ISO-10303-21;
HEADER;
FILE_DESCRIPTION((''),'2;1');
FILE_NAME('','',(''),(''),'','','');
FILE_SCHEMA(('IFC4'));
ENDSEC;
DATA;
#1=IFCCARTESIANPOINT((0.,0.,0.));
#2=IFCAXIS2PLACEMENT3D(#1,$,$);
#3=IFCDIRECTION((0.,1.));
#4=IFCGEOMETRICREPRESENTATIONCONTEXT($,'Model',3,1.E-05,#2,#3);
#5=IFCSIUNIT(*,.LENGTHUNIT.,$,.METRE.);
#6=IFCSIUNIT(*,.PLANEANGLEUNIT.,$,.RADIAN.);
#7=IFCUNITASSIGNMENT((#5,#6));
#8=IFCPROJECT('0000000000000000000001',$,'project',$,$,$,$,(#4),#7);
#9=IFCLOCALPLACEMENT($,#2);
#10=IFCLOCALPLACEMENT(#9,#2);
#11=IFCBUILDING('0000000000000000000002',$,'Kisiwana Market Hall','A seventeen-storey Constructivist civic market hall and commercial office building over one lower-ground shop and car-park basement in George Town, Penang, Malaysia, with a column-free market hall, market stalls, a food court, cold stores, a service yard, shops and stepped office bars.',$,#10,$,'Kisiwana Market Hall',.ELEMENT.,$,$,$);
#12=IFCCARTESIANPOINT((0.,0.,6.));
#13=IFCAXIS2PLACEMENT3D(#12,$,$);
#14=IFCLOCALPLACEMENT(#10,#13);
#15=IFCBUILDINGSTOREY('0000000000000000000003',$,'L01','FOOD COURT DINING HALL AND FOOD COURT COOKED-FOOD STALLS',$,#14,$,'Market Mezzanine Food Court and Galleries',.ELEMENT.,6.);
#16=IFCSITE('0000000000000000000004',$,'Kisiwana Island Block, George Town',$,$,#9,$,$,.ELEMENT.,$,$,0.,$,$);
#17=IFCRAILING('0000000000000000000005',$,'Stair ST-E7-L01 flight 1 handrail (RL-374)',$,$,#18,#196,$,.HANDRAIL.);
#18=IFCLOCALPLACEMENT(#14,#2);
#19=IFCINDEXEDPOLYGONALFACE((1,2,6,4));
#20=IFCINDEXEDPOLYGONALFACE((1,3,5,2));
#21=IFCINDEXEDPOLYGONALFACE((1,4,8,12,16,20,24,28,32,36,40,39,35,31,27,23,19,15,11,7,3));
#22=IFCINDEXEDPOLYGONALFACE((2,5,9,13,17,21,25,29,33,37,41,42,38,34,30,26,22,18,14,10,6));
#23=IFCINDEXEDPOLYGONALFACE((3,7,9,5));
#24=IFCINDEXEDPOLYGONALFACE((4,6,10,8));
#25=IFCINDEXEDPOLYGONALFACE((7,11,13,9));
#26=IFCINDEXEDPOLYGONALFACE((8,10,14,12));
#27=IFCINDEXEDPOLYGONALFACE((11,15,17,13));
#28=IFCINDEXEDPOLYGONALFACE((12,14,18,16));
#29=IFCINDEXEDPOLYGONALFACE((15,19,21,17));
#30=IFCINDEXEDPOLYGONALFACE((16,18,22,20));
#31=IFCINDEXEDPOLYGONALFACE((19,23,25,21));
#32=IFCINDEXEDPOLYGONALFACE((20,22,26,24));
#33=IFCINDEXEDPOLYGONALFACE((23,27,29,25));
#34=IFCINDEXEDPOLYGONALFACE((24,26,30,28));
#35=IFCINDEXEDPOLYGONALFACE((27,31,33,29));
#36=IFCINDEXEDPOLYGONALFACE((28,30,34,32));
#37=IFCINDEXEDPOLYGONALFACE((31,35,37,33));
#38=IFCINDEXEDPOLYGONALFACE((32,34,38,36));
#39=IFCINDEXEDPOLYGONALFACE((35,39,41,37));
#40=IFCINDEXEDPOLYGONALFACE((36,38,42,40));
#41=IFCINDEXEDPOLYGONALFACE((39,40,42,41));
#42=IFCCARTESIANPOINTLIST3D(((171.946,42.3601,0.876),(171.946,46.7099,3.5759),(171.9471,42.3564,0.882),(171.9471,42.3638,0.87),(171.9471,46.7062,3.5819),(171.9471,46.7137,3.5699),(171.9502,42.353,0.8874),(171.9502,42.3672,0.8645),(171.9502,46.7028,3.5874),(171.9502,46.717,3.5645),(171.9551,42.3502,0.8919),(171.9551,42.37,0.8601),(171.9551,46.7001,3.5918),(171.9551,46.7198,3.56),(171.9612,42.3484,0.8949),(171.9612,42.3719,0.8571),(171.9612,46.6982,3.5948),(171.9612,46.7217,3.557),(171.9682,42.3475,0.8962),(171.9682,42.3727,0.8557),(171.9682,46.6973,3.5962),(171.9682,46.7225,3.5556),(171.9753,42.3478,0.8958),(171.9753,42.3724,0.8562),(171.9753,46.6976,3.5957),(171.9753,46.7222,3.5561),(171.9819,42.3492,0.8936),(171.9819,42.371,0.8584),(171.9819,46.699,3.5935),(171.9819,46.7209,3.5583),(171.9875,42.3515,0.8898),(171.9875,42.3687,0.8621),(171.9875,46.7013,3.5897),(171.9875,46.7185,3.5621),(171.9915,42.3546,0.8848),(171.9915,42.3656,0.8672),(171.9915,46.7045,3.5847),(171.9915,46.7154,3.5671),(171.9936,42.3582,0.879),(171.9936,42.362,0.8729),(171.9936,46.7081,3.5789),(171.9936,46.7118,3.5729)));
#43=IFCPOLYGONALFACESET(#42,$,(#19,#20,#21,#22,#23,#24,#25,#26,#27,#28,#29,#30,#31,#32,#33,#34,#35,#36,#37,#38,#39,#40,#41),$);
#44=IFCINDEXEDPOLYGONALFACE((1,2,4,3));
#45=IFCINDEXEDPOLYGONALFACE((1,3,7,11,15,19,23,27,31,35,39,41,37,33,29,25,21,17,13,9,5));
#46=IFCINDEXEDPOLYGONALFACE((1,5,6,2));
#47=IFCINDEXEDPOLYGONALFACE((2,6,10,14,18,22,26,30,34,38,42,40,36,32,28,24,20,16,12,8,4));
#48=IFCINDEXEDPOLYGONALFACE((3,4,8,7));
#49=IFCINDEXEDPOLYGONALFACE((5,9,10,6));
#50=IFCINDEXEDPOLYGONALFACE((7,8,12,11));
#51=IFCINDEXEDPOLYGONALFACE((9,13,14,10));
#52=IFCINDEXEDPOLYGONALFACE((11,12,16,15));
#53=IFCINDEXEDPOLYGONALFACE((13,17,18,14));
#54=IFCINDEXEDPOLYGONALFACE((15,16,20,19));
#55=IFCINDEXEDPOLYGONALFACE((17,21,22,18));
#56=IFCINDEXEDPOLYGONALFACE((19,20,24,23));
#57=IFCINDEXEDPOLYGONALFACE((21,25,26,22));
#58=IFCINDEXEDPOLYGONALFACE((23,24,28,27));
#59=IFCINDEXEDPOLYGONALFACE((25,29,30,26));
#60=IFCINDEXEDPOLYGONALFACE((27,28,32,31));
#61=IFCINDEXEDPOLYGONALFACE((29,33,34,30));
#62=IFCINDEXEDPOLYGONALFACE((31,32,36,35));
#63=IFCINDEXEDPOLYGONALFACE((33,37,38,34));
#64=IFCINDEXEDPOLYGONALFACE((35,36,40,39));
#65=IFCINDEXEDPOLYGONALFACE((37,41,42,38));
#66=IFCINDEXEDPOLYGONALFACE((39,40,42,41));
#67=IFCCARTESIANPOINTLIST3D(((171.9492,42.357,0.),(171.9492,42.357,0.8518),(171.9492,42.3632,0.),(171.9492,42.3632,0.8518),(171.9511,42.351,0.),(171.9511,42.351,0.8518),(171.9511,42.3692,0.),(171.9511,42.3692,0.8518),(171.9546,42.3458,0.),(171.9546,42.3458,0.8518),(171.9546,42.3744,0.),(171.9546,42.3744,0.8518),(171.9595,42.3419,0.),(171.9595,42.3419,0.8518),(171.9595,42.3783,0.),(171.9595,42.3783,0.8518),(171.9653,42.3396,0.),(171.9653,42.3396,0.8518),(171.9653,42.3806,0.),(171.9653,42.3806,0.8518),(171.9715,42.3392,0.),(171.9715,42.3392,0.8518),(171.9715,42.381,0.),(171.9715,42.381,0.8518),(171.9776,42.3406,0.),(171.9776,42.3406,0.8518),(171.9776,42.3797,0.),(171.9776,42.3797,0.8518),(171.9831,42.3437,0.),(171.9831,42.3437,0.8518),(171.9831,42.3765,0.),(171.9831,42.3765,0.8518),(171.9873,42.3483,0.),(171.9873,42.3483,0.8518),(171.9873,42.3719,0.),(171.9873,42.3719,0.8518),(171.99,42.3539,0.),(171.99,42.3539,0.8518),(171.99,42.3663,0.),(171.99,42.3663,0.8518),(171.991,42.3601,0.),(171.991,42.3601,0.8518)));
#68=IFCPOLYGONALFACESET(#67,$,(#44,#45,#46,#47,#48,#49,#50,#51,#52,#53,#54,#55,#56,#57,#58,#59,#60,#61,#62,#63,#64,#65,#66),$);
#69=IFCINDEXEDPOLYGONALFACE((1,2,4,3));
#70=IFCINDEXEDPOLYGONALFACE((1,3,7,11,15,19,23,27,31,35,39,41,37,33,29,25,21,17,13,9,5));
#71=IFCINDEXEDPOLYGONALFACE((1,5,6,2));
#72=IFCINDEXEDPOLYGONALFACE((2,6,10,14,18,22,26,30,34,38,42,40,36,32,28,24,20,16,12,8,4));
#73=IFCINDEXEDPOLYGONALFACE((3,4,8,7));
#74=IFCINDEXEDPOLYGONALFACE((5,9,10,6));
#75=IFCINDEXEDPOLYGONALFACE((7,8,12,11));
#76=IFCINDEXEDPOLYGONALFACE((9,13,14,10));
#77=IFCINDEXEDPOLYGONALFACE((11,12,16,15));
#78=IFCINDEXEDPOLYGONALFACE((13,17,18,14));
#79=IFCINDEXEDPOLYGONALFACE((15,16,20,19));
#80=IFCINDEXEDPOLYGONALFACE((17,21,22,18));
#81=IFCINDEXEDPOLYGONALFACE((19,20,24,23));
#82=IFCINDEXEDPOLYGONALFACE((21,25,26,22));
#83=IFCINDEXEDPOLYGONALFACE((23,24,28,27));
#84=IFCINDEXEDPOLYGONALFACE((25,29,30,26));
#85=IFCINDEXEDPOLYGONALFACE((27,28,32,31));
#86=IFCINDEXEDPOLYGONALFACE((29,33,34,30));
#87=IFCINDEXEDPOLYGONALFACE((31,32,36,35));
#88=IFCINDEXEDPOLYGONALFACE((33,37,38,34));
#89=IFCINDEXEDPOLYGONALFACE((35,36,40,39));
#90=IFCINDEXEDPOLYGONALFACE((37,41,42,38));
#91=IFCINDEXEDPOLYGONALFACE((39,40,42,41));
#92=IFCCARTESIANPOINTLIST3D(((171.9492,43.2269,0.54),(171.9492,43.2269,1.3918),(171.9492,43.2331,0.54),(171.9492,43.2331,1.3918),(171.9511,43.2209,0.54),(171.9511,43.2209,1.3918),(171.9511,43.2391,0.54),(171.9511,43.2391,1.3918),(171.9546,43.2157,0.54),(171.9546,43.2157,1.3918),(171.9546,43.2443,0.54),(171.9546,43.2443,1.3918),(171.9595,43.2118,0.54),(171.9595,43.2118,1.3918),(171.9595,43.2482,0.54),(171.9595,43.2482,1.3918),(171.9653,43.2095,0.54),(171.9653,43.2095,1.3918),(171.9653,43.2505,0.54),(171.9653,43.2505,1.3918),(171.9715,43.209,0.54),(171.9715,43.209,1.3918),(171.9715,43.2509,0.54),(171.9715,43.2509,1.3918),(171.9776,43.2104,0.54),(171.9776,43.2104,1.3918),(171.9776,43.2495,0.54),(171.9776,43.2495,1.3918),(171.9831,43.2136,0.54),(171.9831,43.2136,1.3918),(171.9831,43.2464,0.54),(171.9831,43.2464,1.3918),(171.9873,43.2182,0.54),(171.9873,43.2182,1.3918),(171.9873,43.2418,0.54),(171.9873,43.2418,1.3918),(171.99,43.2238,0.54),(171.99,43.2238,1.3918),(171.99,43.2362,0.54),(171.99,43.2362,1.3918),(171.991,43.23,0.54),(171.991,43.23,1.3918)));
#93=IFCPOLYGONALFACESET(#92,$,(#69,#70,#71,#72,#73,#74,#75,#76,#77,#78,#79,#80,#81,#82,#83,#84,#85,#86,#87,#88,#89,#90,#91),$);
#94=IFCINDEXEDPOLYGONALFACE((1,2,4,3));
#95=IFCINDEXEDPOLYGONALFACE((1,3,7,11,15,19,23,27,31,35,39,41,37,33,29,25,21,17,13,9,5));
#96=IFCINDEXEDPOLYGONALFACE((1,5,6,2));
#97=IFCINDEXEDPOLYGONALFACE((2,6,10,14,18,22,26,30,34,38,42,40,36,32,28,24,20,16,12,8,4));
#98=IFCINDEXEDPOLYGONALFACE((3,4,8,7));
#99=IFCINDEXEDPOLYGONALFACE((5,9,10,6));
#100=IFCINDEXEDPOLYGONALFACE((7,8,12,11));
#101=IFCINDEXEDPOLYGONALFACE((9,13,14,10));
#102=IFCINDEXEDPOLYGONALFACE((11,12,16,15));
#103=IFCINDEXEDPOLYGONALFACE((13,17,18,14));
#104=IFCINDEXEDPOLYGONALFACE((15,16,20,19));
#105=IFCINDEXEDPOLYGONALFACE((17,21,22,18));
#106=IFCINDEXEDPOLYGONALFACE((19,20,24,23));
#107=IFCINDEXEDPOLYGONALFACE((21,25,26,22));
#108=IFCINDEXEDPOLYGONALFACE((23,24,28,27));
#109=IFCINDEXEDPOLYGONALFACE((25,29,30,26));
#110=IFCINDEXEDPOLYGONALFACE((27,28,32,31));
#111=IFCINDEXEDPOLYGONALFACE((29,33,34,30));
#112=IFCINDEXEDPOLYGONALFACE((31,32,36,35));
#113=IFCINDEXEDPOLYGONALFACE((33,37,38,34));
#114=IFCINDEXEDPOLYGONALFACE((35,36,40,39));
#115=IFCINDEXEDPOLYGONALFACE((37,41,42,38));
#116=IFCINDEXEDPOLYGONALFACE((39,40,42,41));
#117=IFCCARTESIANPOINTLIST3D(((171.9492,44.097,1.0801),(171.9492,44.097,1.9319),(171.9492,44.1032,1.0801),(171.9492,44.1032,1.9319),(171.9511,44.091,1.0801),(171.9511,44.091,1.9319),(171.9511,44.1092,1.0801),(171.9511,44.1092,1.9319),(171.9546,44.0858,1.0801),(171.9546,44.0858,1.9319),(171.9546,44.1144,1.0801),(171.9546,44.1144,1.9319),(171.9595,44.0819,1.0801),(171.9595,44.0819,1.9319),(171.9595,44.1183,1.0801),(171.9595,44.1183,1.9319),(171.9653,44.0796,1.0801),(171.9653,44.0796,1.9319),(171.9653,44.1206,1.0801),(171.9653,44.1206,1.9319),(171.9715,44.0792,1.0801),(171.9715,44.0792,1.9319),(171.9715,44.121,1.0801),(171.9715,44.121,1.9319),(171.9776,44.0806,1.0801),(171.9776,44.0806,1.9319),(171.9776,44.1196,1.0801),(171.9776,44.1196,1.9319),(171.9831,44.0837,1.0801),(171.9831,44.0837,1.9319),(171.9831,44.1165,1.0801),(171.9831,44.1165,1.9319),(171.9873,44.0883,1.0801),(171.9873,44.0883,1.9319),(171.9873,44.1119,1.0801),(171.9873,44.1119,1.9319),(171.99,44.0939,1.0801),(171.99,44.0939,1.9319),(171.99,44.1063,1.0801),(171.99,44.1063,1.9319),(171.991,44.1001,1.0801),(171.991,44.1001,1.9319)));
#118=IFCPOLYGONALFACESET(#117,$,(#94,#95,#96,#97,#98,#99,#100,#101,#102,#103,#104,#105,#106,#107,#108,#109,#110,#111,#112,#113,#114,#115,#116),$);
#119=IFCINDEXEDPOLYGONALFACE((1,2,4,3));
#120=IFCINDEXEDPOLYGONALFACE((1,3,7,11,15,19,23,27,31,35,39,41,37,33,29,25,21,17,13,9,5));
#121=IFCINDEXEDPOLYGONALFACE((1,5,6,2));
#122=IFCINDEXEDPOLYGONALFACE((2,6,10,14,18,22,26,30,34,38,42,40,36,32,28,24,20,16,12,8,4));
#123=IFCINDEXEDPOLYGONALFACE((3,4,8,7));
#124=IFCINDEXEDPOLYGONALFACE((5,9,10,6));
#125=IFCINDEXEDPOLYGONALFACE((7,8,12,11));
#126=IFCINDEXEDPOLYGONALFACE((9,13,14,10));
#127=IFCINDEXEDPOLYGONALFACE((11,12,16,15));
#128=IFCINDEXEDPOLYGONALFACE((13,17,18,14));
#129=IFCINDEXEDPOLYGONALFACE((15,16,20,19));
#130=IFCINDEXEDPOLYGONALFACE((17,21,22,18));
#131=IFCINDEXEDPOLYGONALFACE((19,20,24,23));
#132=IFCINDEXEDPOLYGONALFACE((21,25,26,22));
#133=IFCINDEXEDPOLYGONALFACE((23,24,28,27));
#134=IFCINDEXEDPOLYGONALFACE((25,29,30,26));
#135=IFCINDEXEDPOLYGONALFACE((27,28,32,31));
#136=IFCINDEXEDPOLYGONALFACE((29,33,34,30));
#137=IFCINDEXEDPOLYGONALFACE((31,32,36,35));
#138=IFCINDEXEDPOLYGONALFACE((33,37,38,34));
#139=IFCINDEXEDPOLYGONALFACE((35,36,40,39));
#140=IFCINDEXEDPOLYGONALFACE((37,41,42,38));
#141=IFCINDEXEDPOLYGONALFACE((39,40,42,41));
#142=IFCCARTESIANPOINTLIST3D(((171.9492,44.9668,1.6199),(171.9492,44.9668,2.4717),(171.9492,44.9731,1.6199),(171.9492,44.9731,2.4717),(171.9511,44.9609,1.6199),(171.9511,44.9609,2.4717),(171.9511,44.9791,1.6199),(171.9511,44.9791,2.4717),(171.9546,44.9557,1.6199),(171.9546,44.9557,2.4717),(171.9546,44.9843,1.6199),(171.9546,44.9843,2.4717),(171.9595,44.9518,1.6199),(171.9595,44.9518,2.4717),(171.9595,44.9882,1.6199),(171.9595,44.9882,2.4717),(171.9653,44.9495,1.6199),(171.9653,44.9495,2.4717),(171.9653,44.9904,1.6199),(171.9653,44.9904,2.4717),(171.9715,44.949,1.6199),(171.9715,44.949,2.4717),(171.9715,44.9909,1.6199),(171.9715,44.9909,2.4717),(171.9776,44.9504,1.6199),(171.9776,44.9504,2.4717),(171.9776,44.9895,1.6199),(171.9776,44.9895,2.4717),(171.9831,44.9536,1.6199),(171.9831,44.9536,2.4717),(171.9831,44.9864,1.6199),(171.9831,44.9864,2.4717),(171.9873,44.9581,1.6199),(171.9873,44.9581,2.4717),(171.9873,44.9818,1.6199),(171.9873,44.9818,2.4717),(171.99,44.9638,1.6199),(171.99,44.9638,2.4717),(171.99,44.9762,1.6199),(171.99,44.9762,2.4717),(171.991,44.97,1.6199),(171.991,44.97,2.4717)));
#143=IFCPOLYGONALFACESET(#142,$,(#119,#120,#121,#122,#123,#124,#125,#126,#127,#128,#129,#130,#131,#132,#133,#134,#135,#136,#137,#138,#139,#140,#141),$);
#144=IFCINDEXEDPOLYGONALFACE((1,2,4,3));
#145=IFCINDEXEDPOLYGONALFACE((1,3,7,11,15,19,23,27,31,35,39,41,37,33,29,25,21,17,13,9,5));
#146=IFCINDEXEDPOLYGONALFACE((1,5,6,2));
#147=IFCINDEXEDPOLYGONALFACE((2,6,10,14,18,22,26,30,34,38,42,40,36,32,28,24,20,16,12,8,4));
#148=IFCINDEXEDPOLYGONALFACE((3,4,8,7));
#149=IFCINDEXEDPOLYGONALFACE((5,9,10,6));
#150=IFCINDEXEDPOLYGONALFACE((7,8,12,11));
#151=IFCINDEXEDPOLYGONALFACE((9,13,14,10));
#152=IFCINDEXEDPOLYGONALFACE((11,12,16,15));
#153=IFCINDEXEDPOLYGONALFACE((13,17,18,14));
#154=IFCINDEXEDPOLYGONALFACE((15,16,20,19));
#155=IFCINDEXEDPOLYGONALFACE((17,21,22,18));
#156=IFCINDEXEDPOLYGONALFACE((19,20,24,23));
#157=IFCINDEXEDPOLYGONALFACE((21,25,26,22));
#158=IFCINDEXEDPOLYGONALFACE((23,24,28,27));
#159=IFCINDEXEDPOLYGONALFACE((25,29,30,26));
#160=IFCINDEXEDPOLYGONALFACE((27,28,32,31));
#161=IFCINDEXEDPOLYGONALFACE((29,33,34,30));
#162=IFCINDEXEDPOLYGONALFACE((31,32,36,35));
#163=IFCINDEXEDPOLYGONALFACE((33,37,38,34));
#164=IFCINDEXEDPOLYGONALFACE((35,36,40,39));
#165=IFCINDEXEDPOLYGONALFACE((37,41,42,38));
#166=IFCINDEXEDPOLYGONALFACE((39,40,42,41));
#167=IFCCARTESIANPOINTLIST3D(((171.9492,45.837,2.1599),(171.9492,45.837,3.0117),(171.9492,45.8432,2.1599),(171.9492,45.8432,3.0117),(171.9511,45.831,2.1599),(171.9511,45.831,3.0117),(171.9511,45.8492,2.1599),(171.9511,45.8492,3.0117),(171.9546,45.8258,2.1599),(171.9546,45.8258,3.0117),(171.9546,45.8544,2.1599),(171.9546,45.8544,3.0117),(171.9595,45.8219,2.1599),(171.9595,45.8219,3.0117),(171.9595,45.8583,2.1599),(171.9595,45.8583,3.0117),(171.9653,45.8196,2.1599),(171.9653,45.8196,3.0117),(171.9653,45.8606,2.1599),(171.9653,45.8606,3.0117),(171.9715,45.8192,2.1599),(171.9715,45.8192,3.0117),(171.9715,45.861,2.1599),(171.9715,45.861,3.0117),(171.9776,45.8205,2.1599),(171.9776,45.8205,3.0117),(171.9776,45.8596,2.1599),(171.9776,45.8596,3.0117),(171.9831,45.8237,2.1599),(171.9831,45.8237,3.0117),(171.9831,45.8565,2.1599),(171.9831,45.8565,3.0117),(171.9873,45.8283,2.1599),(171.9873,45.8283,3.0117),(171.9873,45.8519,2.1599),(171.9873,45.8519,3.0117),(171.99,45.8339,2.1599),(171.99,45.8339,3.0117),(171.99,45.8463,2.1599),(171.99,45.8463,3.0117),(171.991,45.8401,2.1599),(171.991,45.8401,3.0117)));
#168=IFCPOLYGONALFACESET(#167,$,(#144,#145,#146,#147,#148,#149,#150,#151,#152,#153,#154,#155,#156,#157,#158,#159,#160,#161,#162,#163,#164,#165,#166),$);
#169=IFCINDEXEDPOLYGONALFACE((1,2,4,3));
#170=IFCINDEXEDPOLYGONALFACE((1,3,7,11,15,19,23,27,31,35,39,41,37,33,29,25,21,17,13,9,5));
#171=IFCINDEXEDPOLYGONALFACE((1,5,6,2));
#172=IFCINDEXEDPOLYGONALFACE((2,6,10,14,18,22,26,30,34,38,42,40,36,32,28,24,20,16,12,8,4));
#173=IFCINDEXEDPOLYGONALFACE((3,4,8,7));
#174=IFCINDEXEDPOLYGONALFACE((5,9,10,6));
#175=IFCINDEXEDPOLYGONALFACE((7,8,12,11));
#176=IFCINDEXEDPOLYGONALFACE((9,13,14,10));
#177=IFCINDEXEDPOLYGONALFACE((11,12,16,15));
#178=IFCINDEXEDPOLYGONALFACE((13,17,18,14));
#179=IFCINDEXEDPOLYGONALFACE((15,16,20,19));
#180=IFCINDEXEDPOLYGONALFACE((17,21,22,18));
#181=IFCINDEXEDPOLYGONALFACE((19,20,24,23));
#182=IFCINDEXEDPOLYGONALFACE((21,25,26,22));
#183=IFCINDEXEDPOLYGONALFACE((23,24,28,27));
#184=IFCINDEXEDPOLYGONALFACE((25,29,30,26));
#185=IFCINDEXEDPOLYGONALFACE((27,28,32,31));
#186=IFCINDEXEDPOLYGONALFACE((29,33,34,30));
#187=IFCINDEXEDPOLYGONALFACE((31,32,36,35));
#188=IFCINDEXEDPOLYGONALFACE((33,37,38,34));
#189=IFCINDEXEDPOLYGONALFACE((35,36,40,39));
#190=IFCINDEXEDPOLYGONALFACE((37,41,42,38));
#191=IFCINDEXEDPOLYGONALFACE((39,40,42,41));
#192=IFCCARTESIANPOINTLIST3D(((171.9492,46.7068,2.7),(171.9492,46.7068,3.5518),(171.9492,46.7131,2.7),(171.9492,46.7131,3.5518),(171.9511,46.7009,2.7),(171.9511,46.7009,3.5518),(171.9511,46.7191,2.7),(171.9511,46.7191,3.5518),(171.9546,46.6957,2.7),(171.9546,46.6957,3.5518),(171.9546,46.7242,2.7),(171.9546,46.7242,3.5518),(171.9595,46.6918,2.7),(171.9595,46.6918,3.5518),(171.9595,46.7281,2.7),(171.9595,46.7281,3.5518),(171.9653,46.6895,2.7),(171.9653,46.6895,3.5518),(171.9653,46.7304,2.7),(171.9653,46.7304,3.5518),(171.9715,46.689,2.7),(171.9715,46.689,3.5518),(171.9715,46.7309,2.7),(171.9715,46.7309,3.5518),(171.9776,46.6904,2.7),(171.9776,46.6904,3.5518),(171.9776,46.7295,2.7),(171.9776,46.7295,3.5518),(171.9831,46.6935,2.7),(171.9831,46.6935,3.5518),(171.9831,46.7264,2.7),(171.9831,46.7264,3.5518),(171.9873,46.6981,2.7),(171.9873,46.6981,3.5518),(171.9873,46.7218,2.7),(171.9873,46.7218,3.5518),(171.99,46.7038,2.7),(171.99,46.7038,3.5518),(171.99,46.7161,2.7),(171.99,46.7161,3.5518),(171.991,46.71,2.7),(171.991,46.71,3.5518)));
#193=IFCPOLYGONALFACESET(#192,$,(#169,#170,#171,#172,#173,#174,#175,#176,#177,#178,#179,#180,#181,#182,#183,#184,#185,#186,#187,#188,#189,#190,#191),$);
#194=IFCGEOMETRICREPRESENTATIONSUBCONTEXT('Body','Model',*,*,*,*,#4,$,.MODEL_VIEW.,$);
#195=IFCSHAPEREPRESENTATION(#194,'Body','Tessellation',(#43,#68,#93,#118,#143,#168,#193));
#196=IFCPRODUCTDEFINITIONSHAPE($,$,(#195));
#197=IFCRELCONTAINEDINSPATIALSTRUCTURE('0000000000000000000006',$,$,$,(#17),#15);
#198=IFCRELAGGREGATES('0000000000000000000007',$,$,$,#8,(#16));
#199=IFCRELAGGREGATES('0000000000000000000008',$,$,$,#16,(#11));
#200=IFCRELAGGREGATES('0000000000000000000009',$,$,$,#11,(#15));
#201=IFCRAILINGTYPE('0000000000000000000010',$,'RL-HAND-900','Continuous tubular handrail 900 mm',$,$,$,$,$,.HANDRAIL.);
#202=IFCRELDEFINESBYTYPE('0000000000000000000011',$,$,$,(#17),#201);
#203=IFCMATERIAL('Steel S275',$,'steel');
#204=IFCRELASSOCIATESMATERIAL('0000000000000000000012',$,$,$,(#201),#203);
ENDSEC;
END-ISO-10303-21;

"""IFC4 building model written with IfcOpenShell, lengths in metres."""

from ifc_helpers import new_model, si_unit, direction, frame, origin, origin_2d, place, context, subcontext, project, spatial, circle, extrude, material, type_object, element, save


model = new_model("IFC4")

# Units and contexts
model_context = context("Model", 3, precision=1e-05, world=origin(), true_north=direction((0.0, 1.0)))
body_context = subcontext(model_context, "Body", "Model", "MODEL_VIEW")
ifc_project = project(units=[si_unit("LENGTHUNIT", "METRE"), si_unit("PLANEANGLEUNIT", "RADIAN")], contexts=[model_context])

# Site, building, storey
site_placement = place(None, origin())
site = spatial("IfcSite", under=ifc_project, at=site_placement, Name="Kisiwana Island Block, George Town", CompositionType="ELEMENT", RefElevation=0.0)
building_placement = place(site_placement, origin())
building = spatial("IfcBuilding", under=site, at=building_placement, Name="Kisiwana Market Hall", Description="A seventeen-storey Constructivist civic market hall and commercial office building over one lower-ground shop and car-park basement in George Town, Penang, Malaysia, with a column-free market hall, market stalls, a food court, cold stores, a service yard, shops and stepped office bars.", LongName="Kisiwana Market Hall", CompositionType="ELEMENT")
storey_placement = place(building_placement, frame((0.0, 0.0, 6.0)))
storey = spatial("IfcBuildingStorey", under=building, at=storey_placement, Name="L01", Description="FOOD COURT DINING HALL AND FOOD COURT COOKED-FOOD STALLS", LongName="Market Mezzanine Food Court and Galleries", CompositionType="ELEMENT", Elevation=6.0)

# Railing
ifc_material_1 = material(Name="Steel S275", Category="steel")
railing_type_1 = type_object("IfcRailingType", Name="RL-HAND-900", Description="Continuous tubular handrail 900 mm", PredefinedType="HANDRAIL", material=ifc_material_1)
for number, where, name in (
    (1, (171.97, 42.3601, 0.0), "Stair ST-E7-L01 flight 1 handrail (RL-374)"),
):
    element("IfcRailing", number, at=place(storey_placement, frame(where)), inside=storey, type_object=railing_type_1, Name=name, PredefinedType="HANDRAIL", context=body_context, shape_type="SweptSolid", body=[
        extrude(circle(Radius=0.0239, at=origin_2d()), frame((0.0, 0.0, 0.876), z_axis=(0.0, 0.849636, 0.527369), x_axis=(-1.0, 0.0, 0.0)), (0.0, 0.0, 1.0), 5.1196),
        extrude(circle(Radius=0.021, at=origin_2d()), origin(), (0.0, 0.0, 1.0), 0.8518),
        extrude(circle(Radius=0.021, at=origin_2d()), frame((0.0, 0.8699, 0.54)), (0.0, 0.0, 1.0), 0.8518),
        extrude(circle(Radius=0.021, at=origin_2d()), frame((0.0, 1.74, 1.0801)), (0.0, 0.0, 1.0), 0.8518),
        extrude(circle(Radius=0.021, at=origin_2d()), frame((0.0, 2.6099, 1.6199)), (0.0, 0.0, 1.0), 0.8518),
        extrude(circle(Radius=0.021, at=origin_2d()), frame((0.0, 3.48, 2.1599)), (0.0, 0.0, 1.0), 0.8518),
        extrude(circle(Radius=0.021, at=origin_2d()), frame((0.0, 4.3499, 2.7)), (0.0, 0.0, 1.0), 0.8518),
    ])

save(model, "model.ifc")
